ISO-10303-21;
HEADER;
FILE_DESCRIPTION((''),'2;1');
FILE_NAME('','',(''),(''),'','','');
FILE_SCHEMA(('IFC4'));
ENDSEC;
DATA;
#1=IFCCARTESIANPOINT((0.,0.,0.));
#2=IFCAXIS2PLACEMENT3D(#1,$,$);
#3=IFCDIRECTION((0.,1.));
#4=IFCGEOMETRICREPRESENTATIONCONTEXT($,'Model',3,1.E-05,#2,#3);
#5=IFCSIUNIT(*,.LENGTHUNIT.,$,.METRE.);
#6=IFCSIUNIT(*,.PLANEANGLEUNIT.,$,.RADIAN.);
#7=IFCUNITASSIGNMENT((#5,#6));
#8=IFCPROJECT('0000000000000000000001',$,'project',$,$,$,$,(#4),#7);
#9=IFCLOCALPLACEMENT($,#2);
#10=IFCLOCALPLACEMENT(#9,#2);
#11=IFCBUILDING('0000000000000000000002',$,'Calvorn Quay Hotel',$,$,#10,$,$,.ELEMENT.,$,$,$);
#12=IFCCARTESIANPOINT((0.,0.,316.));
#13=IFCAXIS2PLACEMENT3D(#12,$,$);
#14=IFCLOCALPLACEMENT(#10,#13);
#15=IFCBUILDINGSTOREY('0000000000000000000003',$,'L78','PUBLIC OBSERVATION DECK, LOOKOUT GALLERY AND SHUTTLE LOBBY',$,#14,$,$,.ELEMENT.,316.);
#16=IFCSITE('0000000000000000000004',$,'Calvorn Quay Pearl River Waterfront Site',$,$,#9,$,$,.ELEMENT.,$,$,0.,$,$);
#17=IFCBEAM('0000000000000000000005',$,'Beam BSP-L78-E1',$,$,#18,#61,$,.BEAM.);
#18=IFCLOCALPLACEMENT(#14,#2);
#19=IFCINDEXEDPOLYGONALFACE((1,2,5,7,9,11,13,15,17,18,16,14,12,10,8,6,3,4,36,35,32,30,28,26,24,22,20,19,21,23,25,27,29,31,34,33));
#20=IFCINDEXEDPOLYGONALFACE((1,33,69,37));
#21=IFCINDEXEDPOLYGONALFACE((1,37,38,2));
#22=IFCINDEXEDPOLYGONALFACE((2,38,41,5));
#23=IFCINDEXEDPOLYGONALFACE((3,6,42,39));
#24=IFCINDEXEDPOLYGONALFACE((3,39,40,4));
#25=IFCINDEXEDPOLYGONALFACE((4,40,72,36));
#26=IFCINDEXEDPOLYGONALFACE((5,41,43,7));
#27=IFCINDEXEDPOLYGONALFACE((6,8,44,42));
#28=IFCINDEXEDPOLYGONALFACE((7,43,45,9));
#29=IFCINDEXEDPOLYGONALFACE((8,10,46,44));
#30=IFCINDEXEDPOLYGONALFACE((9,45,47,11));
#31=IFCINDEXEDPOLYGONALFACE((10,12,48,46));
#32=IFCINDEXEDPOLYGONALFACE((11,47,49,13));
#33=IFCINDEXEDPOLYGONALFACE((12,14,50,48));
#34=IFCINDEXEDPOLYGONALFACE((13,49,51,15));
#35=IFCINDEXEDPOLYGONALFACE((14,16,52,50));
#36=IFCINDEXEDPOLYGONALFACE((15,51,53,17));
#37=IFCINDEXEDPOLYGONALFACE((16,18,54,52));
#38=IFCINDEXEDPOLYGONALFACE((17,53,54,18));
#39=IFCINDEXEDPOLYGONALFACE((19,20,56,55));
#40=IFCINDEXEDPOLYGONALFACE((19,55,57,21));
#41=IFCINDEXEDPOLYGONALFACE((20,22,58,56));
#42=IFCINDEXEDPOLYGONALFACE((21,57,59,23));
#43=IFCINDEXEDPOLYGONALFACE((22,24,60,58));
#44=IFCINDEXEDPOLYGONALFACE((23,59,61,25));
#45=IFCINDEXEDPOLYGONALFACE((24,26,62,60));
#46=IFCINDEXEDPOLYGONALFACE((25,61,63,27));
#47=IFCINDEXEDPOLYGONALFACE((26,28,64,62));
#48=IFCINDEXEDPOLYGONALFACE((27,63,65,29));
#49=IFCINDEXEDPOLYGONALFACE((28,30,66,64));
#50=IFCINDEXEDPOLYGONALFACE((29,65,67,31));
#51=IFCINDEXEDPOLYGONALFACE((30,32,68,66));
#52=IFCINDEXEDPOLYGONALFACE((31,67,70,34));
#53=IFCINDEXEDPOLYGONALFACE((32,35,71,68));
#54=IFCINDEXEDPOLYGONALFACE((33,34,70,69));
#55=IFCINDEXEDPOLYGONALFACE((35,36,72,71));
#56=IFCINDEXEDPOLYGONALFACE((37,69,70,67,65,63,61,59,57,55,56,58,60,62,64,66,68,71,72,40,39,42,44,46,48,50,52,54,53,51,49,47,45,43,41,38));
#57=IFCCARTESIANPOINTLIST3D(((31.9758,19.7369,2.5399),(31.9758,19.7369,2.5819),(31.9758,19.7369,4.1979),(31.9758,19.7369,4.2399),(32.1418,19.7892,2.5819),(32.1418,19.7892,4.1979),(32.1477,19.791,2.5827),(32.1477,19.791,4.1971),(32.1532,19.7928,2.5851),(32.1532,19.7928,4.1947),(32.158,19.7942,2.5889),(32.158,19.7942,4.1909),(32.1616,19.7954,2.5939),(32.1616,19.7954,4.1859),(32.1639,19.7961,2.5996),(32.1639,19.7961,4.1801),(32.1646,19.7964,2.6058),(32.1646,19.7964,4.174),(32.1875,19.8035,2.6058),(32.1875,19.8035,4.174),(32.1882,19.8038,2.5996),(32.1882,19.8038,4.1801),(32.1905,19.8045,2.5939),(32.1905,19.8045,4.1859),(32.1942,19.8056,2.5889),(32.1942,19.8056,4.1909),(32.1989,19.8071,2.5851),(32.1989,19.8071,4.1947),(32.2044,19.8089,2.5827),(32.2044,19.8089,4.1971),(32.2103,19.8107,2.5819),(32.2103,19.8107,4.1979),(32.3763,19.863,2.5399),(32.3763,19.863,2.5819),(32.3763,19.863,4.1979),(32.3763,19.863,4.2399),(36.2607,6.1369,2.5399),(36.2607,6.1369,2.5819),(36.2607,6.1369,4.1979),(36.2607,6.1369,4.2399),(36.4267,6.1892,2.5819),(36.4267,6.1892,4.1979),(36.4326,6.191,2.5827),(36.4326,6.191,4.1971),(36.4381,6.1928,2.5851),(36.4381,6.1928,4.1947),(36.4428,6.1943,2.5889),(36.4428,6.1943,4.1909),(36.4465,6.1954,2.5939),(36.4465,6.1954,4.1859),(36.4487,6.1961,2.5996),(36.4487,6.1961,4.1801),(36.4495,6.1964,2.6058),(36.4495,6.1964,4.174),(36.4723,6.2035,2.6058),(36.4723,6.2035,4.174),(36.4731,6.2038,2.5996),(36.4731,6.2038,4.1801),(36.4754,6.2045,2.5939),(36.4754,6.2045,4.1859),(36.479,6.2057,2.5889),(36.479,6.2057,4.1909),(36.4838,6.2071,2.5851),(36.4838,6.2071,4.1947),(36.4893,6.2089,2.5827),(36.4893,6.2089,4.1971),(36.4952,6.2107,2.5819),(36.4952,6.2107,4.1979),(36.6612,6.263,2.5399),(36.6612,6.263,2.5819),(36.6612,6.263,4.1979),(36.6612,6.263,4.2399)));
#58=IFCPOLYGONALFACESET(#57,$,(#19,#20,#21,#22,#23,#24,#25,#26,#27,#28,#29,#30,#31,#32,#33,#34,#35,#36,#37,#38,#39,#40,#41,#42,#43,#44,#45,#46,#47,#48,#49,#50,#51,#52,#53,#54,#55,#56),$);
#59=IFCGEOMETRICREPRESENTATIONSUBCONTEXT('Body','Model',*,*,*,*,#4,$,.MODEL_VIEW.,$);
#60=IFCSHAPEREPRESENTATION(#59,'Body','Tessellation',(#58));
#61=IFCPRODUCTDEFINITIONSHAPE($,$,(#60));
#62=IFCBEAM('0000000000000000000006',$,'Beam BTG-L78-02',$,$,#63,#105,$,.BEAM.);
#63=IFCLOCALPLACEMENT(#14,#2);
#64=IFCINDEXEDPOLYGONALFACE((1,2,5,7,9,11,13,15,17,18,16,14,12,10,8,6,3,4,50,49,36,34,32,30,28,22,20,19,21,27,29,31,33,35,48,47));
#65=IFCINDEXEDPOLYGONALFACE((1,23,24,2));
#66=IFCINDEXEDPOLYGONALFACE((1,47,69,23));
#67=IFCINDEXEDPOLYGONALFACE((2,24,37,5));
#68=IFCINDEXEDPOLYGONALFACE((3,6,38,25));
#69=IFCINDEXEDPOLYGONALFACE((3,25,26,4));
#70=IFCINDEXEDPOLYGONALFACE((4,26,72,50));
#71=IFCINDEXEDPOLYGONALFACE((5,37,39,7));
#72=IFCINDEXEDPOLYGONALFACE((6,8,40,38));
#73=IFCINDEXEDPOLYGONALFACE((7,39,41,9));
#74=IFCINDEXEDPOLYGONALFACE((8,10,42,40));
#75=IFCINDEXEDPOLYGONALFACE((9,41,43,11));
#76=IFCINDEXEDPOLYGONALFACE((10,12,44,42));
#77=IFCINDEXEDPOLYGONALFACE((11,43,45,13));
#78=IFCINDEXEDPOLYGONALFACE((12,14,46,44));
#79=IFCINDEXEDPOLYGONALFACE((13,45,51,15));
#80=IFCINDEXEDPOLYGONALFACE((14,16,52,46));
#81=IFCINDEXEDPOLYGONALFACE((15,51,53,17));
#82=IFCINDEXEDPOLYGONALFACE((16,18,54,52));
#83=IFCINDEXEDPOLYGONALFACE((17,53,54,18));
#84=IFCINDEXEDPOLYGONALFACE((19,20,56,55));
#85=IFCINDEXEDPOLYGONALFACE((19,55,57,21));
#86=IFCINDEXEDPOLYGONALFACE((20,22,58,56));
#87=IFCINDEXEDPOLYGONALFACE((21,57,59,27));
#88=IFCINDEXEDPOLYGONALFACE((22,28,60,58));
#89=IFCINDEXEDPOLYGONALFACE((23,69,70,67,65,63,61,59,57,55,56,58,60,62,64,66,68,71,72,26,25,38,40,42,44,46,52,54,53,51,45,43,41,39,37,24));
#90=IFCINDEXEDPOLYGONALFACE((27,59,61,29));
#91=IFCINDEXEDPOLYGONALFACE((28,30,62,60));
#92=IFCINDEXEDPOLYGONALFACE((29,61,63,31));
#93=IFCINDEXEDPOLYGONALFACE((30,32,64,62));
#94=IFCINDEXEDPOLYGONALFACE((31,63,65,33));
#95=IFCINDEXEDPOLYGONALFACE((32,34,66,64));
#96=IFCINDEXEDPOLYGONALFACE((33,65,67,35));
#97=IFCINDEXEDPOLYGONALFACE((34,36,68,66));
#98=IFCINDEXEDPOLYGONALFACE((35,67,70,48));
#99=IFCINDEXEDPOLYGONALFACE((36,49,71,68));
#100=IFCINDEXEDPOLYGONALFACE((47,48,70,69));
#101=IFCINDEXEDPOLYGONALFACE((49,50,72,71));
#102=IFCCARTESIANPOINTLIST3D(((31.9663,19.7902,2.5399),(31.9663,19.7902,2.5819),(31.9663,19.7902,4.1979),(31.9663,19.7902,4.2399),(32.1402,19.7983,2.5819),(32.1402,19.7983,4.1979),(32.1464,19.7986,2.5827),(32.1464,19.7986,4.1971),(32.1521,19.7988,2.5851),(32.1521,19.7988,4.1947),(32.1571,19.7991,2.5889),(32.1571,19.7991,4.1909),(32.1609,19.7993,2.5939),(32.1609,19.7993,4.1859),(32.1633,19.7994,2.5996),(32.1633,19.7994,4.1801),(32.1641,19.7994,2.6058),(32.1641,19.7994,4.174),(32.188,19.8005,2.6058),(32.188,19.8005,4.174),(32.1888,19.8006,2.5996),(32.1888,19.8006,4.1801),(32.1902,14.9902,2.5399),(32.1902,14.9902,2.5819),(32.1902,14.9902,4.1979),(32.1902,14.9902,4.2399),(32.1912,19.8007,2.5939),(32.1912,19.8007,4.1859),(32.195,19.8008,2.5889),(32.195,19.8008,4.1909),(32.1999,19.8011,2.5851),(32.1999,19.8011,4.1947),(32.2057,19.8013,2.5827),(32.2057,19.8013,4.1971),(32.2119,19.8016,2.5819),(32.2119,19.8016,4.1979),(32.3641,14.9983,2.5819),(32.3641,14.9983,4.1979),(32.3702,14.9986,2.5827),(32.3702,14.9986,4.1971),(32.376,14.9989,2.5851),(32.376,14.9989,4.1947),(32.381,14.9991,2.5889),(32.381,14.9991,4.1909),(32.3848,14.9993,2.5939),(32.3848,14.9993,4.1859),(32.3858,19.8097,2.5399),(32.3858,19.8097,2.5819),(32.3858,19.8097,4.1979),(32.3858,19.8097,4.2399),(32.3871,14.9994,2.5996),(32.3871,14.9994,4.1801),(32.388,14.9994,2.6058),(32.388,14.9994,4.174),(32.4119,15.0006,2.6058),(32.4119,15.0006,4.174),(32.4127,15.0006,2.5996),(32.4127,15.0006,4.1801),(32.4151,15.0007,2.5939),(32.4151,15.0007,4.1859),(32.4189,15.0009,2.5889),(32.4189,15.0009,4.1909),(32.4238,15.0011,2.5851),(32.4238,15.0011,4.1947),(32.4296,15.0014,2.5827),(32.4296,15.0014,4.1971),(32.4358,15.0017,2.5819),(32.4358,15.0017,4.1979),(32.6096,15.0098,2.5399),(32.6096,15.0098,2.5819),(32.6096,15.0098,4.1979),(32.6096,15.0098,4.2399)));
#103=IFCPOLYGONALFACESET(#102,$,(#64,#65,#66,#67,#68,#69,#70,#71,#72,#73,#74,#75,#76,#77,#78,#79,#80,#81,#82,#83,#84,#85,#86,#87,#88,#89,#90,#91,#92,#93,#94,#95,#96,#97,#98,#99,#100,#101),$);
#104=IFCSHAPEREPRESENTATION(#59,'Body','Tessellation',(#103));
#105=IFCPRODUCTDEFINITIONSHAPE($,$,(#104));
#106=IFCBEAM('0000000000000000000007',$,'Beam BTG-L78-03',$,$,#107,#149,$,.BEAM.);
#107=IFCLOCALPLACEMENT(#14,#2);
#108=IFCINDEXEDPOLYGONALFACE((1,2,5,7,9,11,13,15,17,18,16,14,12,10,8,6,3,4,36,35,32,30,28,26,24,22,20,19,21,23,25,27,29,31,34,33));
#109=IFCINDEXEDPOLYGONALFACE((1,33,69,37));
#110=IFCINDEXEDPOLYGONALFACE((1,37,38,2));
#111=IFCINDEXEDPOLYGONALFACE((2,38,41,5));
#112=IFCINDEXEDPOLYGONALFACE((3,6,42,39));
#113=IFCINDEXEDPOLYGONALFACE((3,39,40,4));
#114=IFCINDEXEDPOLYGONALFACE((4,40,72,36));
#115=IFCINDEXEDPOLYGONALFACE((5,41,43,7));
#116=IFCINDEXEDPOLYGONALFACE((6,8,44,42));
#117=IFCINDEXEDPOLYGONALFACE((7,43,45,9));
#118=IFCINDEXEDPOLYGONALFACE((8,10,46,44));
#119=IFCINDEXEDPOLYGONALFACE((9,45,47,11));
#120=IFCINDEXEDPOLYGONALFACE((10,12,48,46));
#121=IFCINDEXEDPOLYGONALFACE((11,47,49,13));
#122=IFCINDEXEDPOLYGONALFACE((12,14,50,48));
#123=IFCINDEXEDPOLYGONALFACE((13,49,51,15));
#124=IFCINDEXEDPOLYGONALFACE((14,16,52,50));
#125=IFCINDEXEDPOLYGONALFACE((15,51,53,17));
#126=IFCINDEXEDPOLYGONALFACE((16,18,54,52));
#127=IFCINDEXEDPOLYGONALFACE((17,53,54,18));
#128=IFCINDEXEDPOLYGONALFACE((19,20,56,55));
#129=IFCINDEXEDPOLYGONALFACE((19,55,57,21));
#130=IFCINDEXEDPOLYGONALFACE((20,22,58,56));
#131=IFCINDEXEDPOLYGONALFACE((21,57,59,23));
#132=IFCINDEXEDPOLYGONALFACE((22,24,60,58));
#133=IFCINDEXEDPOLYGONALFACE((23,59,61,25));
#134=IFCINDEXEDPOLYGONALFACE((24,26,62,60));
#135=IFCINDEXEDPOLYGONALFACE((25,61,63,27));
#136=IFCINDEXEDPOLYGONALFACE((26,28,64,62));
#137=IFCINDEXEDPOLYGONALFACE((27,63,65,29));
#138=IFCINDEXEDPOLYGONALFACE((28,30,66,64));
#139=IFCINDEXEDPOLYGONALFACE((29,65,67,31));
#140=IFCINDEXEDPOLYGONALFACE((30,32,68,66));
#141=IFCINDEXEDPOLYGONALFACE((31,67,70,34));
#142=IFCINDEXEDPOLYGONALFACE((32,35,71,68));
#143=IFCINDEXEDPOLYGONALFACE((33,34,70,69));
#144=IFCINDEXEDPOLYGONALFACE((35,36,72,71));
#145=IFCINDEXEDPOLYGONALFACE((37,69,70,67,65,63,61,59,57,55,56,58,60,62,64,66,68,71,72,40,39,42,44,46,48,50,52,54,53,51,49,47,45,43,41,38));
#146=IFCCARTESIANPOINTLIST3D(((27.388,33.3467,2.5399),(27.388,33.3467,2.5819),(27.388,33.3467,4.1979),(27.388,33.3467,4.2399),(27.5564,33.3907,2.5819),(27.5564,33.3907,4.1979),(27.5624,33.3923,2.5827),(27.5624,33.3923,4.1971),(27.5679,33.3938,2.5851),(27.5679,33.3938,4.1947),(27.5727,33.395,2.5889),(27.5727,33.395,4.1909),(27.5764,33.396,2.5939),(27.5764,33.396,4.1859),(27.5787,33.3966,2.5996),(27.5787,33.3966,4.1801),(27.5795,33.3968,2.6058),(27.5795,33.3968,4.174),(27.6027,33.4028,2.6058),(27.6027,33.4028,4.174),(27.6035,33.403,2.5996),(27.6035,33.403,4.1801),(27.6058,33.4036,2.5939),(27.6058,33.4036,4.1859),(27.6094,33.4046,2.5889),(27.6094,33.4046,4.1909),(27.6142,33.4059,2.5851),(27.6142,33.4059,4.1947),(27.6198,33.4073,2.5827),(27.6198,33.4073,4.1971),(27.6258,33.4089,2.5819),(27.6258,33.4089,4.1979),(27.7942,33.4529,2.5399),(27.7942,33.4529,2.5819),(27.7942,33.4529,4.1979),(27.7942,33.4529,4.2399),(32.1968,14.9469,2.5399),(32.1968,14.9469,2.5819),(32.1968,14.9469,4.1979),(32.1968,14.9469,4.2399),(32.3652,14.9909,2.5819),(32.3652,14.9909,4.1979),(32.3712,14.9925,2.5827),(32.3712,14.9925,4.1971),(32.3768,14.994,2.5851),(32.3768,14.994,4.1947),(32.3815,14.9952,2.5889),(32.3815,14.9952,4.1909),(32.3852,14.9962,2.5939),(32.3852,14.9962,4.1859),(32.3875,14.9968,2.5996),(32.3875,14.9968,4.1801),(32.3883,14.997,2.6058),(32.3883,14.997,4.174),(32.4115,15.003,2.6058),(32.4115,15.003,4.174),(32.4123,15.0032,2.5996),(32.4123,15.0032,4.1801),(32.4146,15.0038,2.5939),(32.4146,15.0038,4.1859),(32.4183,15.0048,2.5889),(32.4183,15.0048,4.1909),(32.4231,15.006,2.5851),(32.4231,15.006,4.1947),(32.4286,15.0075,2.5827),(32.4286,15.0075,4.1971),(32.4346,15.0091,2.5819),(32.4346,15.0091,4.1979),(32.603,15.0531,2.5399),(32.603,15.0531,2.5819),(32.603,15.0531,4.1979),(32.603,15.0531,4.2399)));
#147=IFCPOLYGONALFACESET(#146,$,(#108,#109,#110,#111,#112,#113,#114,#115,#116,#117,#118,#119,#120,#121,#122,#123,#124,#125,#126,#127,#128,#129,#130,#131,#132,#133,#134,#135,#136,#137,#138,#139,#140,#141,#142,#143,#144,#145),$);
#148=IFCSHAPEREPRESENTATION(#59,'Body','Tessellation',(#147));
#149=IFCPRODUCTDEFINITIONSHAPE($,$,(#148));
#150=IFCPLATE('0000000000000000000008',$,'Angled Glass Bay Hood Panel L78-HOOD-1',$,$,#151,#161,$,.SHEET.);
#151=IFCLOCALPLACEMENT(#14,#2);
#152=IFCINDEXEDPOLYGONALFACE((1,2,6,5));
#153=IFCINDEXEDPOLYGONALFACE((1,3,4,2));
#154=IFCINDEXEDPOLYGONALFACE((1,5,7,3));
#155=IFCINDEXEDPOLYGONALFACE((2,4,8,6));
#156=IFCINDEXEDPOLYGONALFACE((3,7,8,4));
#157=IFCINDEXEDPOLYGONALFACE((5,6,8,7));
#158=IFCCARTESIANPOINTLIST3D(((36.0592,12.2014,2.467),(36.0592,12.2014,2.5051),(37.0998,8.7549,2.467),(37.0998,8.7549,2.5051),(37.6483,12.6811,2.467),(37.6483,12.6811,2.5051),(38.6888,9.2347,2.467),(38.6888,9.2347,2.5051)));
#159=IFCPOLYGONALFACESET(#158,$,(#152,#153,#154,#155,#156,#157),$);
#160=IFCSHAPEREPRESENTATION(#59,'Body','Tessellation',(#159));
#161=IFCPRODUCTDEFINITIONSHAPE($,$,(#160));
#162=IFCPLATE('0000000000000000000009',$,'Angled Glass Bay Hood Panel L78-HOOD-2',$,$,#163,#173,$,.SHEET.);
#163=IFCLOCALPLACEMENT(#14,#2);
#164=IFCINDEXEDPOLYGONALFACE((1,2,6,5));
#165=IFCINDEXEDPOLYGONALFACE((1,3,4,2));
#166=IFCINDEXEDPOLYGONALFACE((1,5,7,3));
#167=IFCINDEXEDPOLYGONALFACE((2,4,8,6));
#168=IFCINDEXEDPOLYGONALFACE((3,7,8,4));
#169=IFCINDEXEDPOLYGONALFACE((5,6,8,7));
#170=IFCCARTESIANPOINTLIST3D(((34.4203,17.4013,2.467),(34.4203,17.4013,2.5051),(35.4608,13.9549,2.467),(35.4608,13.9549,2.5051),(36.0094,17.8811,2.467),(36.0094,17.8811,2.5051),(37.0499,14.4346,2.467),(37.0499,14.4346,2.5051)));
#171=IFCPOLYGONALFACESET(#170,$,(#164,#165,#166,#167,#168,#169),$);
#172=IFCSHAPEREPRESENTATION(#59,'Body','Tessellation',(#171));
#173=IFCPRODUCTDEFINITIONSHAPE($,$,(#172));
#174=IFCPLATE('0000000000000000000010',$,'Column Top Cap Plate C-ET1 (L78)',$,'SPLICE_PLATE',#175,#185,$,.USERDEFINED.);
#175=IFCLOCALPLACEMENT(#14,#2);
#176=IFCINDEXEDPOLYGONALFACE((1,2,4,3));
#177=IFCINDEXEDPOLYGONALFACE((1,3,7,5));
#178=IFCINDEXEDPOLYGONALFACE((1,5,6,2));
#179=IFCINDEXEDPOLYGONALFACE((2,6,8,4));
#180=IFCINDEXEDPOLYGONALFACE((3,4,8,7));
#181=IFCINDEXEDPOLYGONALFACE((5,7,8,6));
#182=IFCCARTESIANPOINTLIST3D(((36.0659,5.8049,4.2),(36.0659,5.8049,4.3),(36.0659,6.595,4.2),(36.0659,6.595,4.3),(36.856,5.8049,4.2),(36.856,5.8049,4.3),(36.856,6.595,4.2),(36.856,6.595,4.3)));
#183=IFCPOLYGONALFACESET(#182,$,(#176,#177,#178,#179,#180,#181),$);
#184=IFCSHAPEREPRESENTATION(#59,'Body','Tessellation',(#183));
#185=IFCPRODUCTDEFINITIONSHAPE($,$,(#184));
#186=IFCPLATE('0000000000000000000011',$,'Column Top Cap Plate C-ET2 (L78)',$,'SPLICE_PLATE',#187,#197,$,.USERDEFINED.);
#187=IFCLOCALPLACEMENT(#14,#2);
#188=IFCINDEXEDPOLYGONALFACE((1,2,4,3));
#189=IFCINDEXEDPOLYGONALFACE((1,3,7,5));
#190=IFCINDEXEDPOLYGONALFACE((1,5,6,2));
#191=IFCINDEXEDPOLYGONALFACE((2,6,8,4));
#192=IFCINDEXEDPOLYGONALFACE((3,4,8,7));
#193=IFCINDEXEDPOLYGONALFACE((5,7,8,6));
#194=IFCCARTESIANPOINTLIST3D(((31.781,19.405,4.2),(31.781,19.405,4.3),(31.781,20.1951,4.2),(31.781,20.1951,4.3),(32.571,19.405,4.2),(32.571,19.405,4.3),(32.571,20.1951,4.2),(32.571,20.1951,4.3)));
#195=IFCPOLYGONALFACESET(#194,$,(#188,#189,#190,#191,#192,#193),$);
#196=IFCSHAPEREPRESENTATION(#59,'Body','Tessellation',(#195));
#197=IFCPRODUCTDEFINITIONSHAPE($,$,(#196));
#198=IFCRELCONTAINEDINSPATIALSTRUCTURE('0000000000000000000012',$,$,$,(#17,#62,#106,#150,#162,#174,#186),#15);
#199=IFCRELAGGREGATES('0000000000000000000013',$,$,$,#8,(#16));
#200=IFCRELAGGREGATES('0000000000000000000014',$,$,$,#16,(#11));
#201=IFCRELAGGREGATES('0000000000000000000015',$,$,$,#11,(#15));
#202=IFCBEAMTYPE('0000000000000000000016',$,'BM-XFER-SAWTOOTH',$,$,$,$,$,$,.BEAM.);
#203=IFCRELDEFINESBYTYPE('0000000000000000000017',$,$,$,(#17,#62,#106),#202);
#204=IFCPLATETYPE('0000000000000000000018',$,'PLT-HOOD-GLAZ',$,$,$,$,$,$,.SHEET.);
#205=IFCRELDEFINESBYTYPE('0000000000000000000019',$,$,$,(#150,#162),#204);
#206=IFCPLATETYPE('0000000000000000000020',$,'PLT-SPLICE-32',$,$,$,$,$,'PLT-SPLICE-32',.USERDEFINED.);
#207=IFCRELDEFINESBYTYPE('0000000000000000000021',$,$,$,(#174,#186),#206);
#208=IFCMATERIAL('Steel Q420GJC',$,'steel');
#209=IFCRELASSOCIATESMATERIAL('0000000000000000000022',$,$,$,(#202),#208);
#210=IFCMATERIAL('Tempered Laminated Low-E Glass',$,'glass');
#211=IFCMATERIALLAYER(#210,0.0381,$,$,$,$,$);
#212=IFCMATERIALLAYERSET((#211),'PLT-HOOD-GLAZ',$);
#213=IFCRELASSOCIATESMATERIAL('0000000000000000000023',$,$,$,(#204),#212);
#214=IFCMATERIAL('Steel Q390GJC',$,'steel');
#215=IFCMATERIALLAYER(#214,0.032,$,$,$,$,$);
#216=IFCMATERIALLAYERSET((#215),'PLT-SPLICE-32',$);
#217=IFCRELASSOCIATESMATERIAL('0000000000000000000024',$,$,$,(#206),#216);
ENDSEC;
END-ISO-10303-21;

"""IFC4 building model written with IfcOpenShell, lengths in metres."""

from ifc_helpers import new_model, si_unit, direction, frame, origin, origin_2d, place, context, subcontext, project, spatial, rectangle, i_section, extrude, material, layer, layer_set, material_profile, profile_set, type_object, element, save


model = new_model("IFC4")

# Units and contexts
model_context = context("Model", 3, precision=1e-05, world=origin(), true_north=direction((0.0, 1.0)))
body_context = subcontext(model_context, "Body", "Model", "MODEL_VIEW")
ifc_project = project(units=[si_unit("LENGTHUNIT", "METRE"), si_unit("PLANEANGLEUNIT", "RADIAN")], contexts=[model_context])

# Site, building, storey
site_placement = place(None, origin())
site = spatial("IfcSite", under=ifc_project, at=site_placement, Name="Calvorn Quay Pearl River Waterfront Site", CompositionType="ELEMENT", RefElevation=0.0)
building_placement = place(site_placement, origin())
building = spatial("IfcBuilding", under=site, at=building_placement, Name="Calvorn Quay Hotel", CompositionType="ELEMENT")
storey_placement = place(building_placement, frame((0.0, 0.0, 316.0)))
storey = spatial("IfcBuildingStorey", under=building, at=storey_placement, Name="L78", Description="PUBLIC OBSERVATION DECK, LOOKOUT GALLERY AND SHUTTLE LOBBY", CompositionType="ELEMENT", Elevation=316.0)

# Beams
ifc_material_1 = material(Name="Steel Q420GJC", Category="steel")
ifc_material_profile_1 = material_profile(ifc_material_1, i_section(OverallWidth=0.4199, OverallDepth=1.7, WebThickness=0.0239, FlangeThickness=0.042, FilletRadius=0.0239, at=origin_2d()), Name="HN1700x420x24x42")
ifc_profile_set_1 = profile_set([ifc_material_profile_1], Name="Steel Q420GJC")
beam_type_1 = type_object("IfcBeamType", Name="BM-XFER-SAWTOOTH", PredefinedType="BEAM", material=ifc_profile_set_1)
beam_1_placement = place(storey_placement, frame((36.4609, 6.2, 3.3899), z_axis=(-0.300503, 0.953781, 0.0), x_axis=(-0.953781, -0.300503, 0.0)))
element("IfcBeam", 1, at=beam_1_placement, inside=storey, type_object=beam_type_1, Name="Beam BSP-L78-E1", PredefinedType="BEAM", context=body_context, shape_type="SweptSolid", body=[
    extrude(i_section(OverallWidth=0.4199, OverallDepth=1.7, WebThickness=0.0239, FlangeThickness=0.042, FilletRadius=0.0239, at=origin_2d()), origin(), (0.0, 0.0, 1.0), 14.259),
])
beam_2_placement = place(storey_placement, frame((32.3999, 15.0, 3.3899), z_axis=(-0.04659, 0.998914, 0.0), x_axis=(-0.998914, -0.04659, 0.0)))
element("IfcBeam", 2, at=beam_2_placement, inside=storey, type_object=beam_type_1, Name="Beam BTG-L78-02", PredefinedType="BEAM", context=body_context, shape_type="SweptSolid", body=[
    extrude(i_section(OverallWidth=0.4199, OverallDepth=1.7, WebThickness=0.0239, FlangeThickness=0.042, FilletRadius=0.0239, at=origin_2d()), origin(), (0.0, 0.0, 1.0), 4.8052),
])
beam_3_placement = place(storey_placement, frame((32.3999, 15.0, 3.3899), z_axis=(-0.252858, 0.967503, 0.0), x_axis=(-0.967503, -0.252858, 0.0)))
element("IfcBeam", 3, at=beam_3_placement, inside=storey, type_object=beam_type_1, Name="Beam BTG-L78-03", PredefinedType="BEAM", context=body_context, shape_type="SweptSolid", body=[
    extrude(i_section(OverallWidth=0.4199, OverallDepth=1.7, WebThickness=0.0239, FlangeThickness=0.042, FilletRadius=0.0239, at=origin_2d()), origin(), (0.0, 0.0, 1.0), 19.0178),
])

# Plates
ifc_material_2 = material(Name="Tempered Laminated Low-E Glass", Category="glass")
ifc_layer_1 = layer(ifc_material_2, 0.0381)
ifc_layer_set_1 = layer_set([ifc_layer_1], Name="PLT-HOOD-GLAZ")
plate_type_1 = type_object("IfcPlateType", Name="PLT-HOOD-GLAZ", PredefinedType="SHEET", material=ifc_layer_set_1)
for number, where, z_axis, x_axis, name in (
    (4, (37.374, 10.718, 2.467), (0.0, 0.0, 1.0), (0.957319, 0.289032, 0.0), "Angled Glass Bay Hood Panel L78-HOOD-1"),
    (5, (35.7351, 15.918, 2.467), (0.0, 0.0, 1.0), (0.957319, 0.289032, 0.0), "Angled Glass Bay Hood Panel L78-HOOD-2"),
):
    element("IfcPlate", number, at=place(storey_placement, frame(where, z_axis=z_axis, x_axis=x_axis)), inside=storey, type_object=plate_type_1, Name=name, PredefinedType="SHEET", context=body_context, shape_type="SweptSolid", body=[
        extrude(rectangle(XDim=1.6599, YDim=3.6001, at=origin_2d()), origin(), (0.0, 0.0, 1.0), 0.0381),
    ])
ifc_material_3 = material(Name="Steel Q390GJC", Category="steel")
ifc_layer_2 = layer(ifc_material_3, 0.032)
ifc_layer_set_2 = layer_set([ifc_layer_2], Name="PLT-SPLICE-32")
plate_type_2 = type_object("IfcPlateType", Name="PLT-SPLICE-32", ElementType="PLT-SPLICE-32", PredefinedType="USERDEFINED", material=ifc_layer_set_2)
for number, where, z_axis, x_axis, name in (
    (6, (36.4609, 6.2, 4.2), (0.0, 0.0, 1.0), (1.0, 0.0, 0.0), "Column Top Cap Plate C-ET1 (L78)"),
    (7, (32.176, 19.8, 4.2), (0.0, 0.0, 1.0), (1.0, 0.0, 0.0), "Column Top Cap Plate C-ET2 (L78)"),
):
    element("IfcPlate", number, at=place(storey_placement, frame(where, z_axis=z_axis, x_axis=x_axis)), inside=storey, type_object=plate_type_2, Name=name, ObjectType="SPLICE_PLATE", PredefinedType="USERDEFINED", context=body_context, shape_type="SweptSolid", body=[
        extrude(rectangle(XDim=0.79, YDim=0.79, at=origin_2d()), origin(), (0.0, 0.0, 1.0), 0.1001),
    ])

save(model, "model.ifc")
